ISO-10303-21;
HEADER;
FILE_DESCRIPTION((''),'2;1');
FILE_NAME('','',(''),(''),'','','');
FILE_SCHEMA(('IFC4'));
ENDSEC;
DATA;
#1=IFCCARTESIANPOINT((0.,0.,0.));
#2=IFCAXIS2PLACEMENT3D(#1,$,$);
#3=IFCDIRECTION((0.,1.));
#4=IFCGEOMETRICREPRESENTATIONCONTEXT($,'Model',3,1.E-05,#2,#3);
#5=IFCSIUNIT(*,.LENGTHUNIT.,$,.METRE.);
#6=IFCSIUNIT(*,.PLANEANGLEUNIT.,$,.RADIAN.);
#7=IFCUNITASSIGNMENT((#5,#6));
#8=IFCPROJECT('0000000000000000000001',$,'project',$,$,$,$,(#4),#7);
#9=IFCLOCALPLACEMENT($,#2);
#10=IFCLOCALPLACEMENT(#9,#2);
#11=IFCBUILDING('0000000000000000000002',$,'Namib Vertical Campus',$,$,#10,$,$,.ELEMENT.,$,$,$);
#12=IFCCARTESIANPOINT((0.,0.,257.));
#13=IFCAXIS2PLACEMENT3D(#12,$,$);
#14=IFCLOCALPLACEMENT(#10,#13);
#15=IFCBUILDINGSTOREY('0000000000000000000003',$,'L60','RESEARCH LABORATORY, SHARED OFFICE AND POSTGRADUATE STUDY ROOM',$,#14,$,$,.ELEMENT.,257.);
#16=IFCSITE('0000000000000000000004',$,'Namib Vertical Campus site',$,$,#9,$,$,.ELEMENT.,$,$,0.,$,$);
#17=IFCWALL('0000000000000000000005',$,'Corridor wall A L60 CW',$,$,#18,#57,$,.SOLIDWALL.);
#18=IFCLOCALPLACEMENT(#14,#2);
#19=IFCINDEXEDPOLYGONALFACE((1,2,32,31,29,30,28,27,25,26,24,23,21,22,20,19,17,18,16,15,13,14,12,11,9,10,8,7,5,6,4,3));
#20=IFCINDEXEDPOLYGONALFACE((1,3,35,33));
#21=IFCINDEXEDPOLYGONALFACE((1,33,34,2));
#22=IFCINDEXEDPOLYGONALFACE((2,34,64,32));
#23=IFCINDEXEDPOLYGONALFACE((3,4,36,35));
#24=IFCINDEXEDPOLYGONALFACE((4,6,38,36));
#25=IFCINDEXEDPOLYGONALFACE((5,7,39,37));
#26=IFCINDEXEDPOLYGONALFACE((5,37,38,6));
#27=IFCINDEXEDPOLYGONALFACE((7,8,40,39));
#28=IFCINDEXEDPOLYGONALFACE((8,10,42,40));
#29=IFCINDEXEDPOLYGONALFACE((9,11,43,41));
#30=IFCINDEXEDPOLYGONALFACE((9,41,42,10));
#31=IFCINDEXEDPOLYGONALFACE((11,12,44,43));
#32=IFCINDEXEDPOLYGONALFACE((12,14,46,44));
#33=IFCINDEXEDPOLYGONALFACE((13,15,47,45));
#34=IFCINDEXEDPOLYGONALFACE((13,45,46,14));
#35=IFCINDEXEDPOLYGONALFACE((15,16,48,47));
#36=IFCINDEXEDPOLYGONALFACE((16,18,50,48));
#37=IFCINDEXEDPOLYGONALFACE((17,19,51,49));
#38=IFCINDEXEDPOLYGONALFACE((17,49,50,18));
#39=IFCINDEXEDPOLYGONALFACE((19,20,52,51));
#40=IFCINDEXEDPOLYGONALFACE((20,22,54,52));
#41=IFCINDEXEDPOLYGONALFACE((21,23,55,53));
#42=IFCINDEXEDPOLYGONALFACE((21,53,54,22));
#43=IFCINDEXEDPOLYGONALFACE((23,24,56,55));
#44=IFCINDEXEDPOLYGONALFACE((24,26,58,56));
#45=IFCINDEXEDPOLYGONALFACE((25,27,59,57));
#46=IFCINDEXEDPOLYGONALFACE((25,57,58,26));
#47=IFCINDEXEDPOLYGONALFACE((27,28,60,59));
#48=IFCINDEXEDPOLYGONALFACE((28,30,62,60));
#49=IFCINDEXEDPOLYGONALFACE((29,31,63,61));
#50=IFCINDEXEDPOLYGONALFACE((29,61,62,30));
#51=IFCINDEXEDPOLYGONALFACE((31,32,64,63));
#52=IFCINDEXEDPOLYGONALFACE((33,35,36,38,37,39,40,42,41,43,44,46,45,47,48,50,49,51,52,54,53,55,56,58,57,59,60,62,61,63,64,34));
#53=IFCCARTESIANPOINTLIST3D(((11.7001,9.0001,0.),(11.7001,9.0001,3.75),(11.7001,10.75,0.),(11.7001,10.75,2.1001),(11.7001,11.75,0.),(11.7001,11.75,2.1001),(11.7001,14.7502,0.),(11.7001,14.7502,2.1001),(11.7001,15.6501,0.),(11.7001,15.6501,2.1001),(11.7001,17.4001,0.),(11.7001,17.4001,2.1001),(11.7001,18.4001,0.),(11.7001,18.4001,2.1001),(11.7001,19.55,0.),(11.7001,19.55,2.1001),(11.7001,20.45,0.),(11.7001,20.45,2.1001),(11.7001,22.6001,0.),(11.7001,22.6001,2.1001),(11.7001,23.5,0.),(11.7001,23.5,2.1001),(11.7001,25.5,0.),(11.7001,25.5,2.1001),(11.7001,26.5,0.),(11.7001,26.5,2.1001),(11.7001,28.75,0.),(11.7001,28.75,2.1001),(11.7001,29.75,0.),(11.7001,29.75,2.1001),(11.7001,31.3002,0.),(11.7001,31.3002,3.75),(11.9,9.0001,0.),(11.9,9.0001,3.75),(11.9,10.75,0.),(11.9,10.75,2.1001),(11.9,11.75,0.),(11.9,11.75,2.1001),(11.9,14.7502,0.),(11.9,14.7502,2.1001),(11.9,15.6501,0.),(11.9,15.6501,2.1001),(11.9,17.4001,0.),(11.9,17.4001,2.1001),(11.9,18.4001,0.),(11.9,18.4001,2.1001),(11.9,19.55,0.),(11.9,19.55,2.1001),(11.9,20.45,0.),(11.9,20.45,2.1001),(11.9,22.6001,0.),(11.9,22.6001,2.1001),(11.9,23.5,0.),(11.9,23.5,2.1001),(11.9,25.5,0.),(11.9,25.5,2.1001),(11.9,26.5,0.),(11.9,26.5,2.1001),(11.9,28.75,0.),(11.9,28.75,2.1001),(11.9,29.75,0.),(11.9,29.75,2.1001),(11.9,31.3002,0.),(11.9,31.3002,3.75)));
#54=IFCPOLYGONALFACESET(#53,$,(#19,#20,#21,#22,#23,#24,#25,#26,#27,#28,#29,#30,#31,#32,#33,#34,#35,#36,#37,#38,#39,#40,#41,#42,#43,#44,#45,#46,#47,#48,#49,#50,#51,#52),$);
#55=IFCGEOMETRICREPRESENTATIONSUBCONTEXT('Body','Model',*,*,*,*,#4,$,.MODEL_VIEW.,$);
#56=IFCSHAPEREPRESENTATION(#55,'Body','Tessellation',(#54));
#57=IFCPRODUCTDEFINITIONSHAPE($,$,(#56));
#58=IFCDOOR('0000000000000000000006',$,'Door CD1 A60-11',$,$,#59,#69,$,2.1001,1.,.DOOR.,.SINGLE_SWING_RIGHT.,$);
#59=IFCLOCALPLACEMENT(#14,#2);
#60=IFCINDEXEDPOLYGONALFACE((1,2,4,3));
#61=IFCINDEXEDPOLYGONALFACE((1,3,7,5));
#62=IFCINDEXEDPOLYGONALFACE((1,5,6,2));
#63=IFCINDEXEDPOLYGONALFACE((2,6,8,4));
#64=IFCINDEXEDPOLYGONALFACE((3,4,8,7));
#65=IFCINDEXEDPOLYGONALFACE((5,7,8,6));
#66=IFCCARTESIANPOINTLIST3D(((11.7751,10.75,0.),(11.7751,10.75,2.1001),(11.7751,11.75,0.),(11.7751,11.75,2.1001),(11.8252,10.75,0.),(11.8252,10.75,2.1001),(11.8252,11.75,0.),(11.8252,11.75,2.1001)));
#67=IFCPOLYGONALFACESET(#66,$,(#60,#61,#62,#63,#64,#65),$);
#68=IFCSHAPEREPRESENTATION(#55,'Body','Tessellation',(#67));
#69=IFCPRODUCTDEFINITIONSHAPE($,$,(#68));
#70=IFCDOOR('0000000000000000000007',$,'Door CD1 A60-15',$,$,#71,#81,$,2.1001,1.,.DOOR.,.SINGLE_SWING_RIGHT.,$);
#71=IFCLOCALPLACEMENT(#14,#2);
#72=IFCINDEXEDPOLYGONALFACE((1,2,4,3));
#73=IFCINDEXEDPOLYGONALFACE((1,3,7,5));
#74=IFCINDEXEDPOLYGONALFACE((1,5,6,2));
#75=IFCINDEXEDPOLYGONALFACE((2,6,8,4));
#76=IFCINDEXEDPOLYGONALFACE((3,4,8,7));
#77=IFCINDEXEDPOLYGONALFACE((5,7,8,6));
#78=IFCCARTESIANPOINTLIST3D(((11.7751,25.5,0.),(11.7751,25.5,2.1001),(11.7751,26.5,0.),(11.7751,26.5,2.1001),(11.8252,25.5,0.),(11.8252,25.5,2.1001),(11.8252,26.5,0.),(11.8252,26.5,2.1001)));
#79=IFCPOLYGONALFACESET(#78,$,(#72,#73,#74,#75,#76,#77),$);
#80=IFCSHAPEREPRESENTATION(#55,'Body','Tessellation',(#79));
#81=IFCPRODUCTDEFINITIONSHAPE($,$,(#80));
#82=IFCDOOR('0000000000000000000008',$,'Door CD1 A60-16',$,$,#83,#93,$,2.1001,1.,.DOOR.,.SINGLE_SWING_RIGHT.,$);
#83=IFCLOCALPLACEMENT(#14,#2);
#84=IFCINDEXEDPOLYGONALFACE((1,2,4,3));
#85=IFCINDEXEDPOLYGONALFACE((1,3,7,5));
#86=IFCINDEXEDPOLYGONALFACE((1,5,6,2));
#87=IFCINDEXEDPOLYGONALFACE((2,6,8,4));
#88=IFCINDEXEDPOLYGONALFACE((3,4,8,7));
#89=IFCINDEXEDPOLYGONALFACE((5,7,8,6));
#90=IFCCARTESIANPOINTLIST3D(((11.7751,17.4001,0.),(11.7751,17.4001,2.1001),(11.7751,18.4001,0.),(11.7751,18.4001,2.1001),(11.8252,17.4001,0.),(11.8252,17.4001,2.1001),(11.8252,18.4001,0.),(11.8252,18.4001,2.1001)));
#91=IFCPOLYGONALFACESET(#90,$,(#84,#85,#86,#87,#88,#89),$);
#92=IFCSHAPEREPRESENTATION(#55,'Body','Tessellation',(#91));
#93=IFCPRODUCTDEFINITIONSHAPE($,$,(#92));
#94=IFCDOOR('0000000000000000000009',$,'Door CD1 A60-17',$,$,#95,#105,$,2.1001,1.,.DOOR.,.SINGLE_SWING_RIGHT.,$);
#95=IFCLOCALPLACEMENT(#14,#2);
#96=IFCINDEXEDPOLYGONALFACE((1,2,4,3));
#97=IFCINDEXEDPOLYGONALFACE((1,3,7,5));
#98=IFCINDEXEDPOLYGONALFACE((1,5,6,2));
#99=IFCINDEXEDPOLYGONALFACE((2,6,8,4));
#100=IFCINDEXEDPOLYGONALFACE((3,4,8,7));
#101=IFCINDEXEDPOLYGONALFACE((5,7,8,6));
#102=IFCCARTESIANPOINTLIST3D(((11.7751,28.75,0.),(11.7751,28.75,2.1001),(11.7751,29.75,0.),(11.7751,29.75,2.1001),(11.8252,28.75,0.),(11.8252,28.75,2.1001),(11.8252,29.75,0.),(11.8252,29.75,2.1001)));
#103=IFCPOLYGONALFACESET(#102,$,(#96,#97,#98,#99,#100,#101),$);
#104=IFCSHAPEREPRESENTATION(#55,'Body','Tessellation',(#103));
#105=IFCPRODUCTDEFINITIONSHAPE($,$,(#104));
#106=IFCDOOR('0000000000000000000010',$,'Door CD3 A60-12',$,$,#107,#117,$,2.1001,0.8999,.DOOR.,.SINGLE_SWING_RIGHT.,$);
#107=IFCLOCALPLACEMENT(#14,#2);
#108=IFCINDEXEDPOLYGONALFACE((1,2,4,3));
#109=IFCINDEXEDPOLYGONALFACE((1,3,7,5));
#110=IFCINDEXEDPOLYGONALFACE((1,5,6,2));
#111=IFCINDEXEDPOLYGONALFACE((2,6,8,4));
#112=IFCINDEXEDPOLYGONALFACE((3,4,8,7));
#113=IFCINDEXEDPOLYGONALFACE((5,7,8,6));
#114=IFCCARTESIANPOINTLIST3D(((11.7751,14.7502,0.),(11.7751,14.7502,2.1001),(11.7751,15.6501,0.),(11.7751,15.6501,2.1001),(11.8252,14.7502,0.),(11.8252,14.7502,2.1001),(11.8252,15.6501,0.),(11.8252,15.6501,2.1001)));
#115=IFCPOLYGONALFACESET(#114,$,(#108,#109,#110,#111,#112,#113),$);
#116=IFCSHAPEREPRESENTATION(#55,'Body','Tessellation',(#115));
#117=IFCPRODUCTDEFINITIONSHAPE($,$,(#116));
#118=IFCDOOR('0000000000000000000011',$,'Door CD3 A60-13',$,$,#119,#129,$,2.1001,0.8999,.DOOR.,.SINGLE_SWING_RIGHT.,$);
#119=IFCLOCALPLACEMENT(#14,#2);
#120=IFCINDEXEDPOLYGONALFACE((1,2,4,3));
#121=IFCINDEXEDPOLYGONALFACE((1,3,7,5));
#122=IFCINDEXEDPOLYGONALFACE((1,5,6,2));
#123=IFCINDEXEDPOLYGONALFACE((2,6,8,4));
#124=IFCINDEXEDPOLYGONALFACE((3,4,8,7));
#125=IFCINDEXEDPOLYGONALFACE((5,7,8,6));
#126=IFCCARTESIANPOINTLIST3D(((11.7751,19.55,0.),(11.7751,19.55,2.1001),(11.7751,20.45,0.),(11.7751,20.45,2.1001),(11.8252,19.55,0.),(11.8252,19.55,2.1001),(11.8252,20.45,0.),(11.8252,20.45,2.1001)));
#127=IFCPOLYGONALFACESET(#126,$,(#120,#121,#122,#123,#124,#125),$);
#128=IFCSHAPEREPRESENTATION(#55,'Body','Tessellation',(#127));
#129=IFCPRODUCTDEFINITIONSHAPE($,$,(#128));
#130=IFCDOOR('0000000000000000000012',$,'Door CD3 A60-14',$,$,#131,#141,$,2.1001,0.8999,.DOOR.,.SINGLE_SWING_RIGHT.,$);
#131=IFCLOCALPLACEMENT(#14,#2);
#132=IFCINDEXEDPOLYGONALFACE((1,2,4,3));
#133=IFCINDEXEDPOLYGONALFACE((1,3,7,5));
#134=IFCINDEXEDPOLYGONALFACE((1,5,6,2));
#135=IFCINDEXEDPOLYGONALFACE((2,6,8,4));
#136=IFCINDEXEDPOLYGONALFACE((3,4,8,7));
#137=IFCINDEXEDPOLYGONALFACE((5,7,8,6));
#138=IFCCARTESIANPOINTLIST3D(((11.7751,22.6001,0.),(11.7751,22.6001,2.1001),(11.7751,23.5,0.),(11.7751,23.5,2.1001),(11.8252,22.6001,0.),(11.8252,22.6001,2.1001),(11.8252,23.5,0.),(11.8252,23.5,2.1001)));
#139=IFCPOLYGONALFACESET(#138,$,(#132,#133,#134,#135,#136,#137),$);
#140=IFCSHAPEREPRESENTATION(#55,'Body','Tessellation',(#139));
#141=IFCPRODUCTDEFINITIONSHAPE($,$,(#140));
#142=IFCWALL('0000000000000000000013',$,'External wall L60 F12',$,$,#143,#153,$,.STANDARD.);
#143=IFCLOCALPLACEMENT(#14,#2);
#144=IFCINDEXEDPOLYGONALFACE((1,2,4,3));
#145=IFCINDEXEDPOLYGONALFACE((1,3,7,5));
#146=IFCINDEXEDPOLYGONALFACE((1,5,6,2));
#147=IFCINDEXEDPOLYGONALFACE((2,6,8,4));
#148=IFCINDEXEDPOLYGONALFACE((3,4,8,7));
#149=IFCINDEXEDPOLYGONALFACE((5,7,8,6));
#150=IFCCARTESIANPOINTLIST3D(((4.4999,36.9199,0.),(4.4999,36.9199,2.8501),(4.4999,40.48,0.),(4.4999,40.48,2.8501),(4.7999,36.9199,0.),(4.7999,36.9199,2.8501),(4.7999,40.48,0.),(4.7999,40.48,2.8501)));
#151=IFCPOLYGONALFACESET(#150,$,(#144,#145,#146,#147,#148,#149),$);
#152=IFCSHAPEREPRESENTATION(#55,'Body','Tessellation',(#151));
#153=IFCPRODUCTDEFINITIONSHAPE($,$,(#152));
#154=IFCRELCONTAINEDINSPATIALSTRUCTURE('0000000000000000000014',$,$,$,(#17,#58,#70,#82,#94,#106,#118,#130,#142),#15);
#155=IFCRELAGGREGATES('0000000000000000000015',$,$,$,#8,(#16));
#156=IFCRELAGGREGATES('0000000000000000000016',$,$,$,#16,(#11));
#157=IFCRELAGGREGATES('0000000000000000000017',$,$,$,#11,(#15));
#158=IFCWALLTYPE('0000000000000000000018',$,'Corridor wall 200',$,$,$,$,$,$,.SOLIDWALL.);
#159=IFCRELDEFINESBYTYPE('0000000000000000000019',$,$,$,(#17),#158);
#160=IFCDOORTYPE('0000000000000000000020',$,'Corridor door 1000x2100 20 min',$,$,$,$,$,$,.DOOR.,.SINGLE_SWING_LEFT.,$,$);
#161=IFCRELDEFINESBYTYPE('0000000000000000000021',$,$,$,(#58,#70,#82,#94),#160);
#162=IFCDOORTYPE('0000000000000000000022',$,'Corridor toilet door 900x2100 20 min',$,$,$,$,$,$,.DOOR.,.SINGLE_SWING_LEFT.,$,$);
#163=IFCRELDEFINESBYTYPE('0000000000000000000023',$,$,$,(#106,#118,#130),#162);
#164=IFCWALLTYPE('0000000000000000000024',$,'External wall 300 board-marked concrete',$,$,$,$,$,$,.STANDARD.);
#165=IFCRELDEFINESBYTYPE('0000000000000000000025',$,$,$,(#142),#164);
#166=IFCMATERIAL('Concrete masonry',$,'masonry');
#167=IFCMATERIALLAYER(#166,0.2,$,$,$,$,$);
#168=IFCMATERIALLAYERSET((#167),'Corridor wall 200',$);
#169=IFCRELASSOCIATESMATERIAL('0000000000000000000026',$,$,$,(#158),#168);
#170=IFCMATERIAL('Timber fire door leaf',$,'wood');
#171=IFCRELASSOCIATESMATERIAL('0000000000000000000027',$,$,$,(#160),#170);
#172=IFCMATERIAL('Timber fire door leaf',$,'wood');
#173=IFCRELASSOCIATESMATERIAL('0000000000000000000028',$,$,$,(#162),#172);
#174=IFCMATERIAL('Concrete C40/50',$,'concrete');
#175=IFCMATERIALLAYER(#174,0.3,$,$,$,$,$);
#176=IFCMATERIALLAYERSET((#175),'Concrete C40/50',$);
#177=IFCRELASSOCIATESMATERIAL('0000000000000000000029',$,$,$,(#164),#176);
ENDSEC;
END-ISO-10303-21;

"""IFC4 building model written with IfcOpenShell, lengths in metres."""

from ifc_helpers import new_model, si_unit, direction, frame, frame_2d, origin, place, context, subcontext, project, spatial, rectangle, extrude, material, layer, layer_set, type_object, element, fill, save


model = new_model("IFC4")

# Units and contexts
model_context = context("Model", 3, precision=1e-05, world=origin(), true_north=direction((0.0, 1.0)))
body_context = subcontext(model_context, "Body", "Model", "MODEL_VIEW")
ifc_project = project(units=[si_unit("LENGTHUNIT", "METRE"), si_unit("PLANEANGLEUNIT", "RADIAN")], contexts=[model_context])

# Site, building, storey
site_placement = place(None, origin())
site = spatial("IfcSite", under=ifc_project, at=site_placement, Name="Namib Vertical Campus site", CompositionType="ELEMENT", RefElevation=0.0)
building_placement = place(site_placement, origin())
building = spatial("IfcBuilding", under=site, at=building_placement, Name="Namib Vertical Campus", CompositionType="ELEMENT")
storey_placement = place(building_placement, frame((0.0, 0.0, 257.0)))
storey = spatial("IfcBuildingStorey", under=building, at=storey_placement, Name="L60", Description="RESEARCH LABORATORY, SHARED OFFICE AND POSTGRADUATE STUDY ROOM", CompositionType="ELEMENT", Elevation=257.0)

# Wall, openings, doors
ifc_material_1 = material(Name="Concrete masonry", Category="masonry")
ifc_layer_1 = layer(ifc_material_1, 0.2)
ifc_layer_set_1 = layer_set([ifc_layer_1], Name="Corridor wall 200")
wall_type_1 = type_object("IfcWallType", Name="Corridor wall 200", PredefinedType="SOLIDWALL", material=ifc_layer_set_1)
wall_1_placement = place(storey_placement, frame((11.8, 31.3, 0.0), z_axis=(0.0, 0.0, 1.0), x_axis=(0.0, -1.0, 0.0)))
wall_1 = element("IfcWall", 1, at=wall_1_placement, inside=storey, type_object=wall_type_1, Name="Corridor wall A L60 CW", PredefinedType="SOLIDWALL", context=body_context, shape_type="SweptSolid", body=[
    extrude(rectangle(XDim=22.3, YDim=0.2, at=frame_2d((11.1499, 0.0))), origin(), (0.0, 0.0, 1.0), 3.75),
])
opening_1_placement = place(wall_1_placement, frame((19.55, 0.0, 0.0)))
opening_1 = element("IfcOpeningElement", 2, at=opening_1_placement, cuts=wall_1, PredefinedType="OPENING", context=body_context, shape_type="SweptSolid", body=[
    extrude(rectangle(XDim=1.0, YDim=2.1001, at=frame_2d((0.5, 1.05))), frame((0.0, 0.1099, 0.0), z_axis=(0.0, -1.0, 0.0), x_axis=(1.0, 0.0, 0.0)), (0.0, 0.0, 1.0), 0.22),
])
opening_2_placement = place(wall_1_placement, frame((15.6499, 0.0, 0.0)))
opening_2 = element("IfcOpeningElement", 3, at=opening_2_placement, cuts=wall_1, PredefinedType="OPENING", context=body_context, shape_type="SweptSolid", body=[
    extrude(rectangle(XDim=0.8999, YDim=2.1001, at=frame_2d((0.45, 1.05))), frame((0.0, 0.1099, 0.0), z_axis=(0.0, -1.0, 0.0), x_axis=(1.0, 0.0, 0.0)), (0.0, 0.0, 1.0), 0.22),
])
opening_3_placement = place(wall_1_placement, frame((10.8501, 0.0, 0.0)))
opening_3 = element("IfcOpeningElement", 4, at=opening_3_placement, cuts=wall_1, PredefinedType="OPENING", context=body_context, shape_type="SweptSolid", body=[
    extrude(rectangle(XDim=0.8999, YDim=2.1001, at=frame_2d((0.45, 1.05))), frame((0.0, 0.1099, 0.0), z_axis=(0.0, -1.0, 0.0), x_axis=(1.0, 0.0, 0.0)), (0.0, 0.0, 1.0), 0.22),
])
opening_4_placement = place(wall_1_placement, frame((7.8, 0.0, 0.0)))
opening_4 = element("IfcOpeningElement", 5, at=opening_4_placement, cuts=wall_1, PredefinedType="OPENING", context=body_context, shape_type="SweptSolid", body=[
    extrude(rectangle(XDim=0.8999, YDim=2.1001, at=frame_2d((0.45, 1.05))), frame((0.0, 0.1099, 0.0), z_axis=(0.0, -1.0, 0.0), x_axis=(1.0, 0.0, 0.0)), (0.0, 0.0, 1.0), 0.22),
])
opening_5_placement = place(wall_1_placement, frame((4.8, 0.0, 0.0)))
opening_5 = element("IfcOpeningElement", 6, at=opening_5_placement, cuts=wall_1, PredefinedType="OPENING", context=body_context, shape_type="SweptSolid", body=[
    extrude(rectangle(XDim=1.0, YDim=2.1001, at=frame_2d((0.5, 1.05))), frame((0.0, 0.1099, 0.0), z_axis=(0.0, -1.0, 0.0), x_axis=(1.0, 0.0, 0.0)), (0.0, 0.0, 1.0), 0.22),
])
opening_6_placement = place(wall_1_placement, frame((12.8999, 0.0, 0.0)))
opening_6 = element("IfcOpeningElement", 7, at=opening_6_placement, cuts=wall_1, PredefinedType="OPENING", context=body_context, shape_type="SweptSolid", body=[
    extrude(rectangle(XDim=1.0, YDim=2.1001, at=frame_2d((0.5, 1.05))), frame((0.0, 0.1099, 0.0), z_axis=(0.0, -1.0, 0.0), x_axis=(1.0, 0.0, 0.0)), (0.0, 0.0, 1.0), 0.22),
])
opening_7_placement = place(wall_1_placement, frame((1.55, 0.0, 0.0)))
opening_7 = element("IfcOpeningElement", 8, at=opening_7_placement, cuts=wall_1, PredefinedType="OPENING", context=body_context, shape_type="SweptSolid", body=[
    extrude(rectangle(XDim=1.0, YDim=2.1001, at=frame_2d((0.5, 1.05))), frame((0.0, 0.1099, 0.0), z_axis=(0.0, -1.0, 0.0), x_axis=(1.0, 0.0, 0.0)), (0.0, 0.0, 1.0), 0.22),
])
ifc_material_2 = material(Name="Timber fire door leaf", Category="wood")
door_type_1 = type_object("IfcDoorType", Name="Corridor door 1000x2100 20 min", OperationType="SINGLE_SWING_LEFT", PredefinedType="DOOR", material=ifc_material_2)
door_1_placement = place(opening_1_placement, frame((1.0, 0.0, 0.0), z_axis=(0.0, 0.0, 1.0), x_axis=(-1.0, 0.0, 0.0)))
door_1 = element("IfcDoor", 9, at=door_1_placement, inside=storey, type_object=door_type_1, Name="Door CD1 A60-11", OperationType="SINGLE_SWING_RIGHT", OverallHeight=2.1001, OverallWidth=1.0, PredefinedType="DOOR", context=body_context, shape_type="SweptSolid", body=[
    extrude(rectangle(XDim=1.0, YDim=2.1001, at=frame_2d((0.5, 1.05))), frame((0.0, 0.0249, 0.0), z_axis=(0.0, -1.0, 0.0), x_axis=(1.0, 0.0, 0.0)), (0.0, 0.0, 1.0), 0.05),
])
fill(opening_1, door_1)
door_2_placement = place(opening_5_placement, frame((1.0, 0.0, 0.0), z_axis=(0.0, 0.0, 1.0), x_axis=(-1.0, 0.0, 0.0)))
door_2 = element("IfcDoor", 10, at=door_2_placement, inside=storey, type_object=door_type_1, Name="Door CD1 A60-15", OperationType="SINGLE_SWING_RIGHT", OverallHeight=2.1001, OverallWidth=1.0, PredefinedType="DOOR", context=body_context, shape_type="SweptSolid", body=[
    extrude(rectangle(XDim=1.0, YDim=2.1001, at=frame_2d((0.5, 1.05))), frame((0.0, 0.0249, 0.0), z_axis=(0.0, -1.0, 0.0), x_axis=(1.0, 0.0, 0.0)), (0.0, 0.0, 1.0), 0.05),
])
fill(opening_5, door_2)
door_3_placement = place(opening_6_placement, frame((1.0, 0.0, 0.0), z_axis=(0.0, 0.0, 1.0), x_axis=(-1.0, 0.0, 0.0)))
door_3 = element("IfcDoor", 11, at=door_3_placement, inside=storey, type_object=door_type_1, Name="Door CD1 A60-16", OperationType="SINGLE_SWING_RIGHT", OverallHeight=2.1001, OverallWidth=1.0, PredefinedType="DOOR", context=body_context, shape_type="SweptSolid", body=[
    extrude(rectangle(XDim=1.0, YDim=2.1001, at=frame_2d((0.5, 1.05))), frame((0.0, 0.0249, 0.0), z_axis=(0.0, -1.0, 0.0), x_axis=(1.0, 0.0, 0.0)), (0.0, 0.0, 1.0), 0.05),
])
fill(opening_6, door_3)
door_4_placement = place(opening_7_placement, frame((1.0, 0.0, 0.0), z_axis=(0.0, 0.0, 1.0), x_axis=(-1.0, 0.0, 0.0)))
door_4 = element("IfcDoor", 12, at=door_4_placement, inside=storey, type_object=door_type_1, Name="Door CD1 A60-17", OperationType="SINGLE_SWING_RIGHT", OverallHeight=2.1001, OverallWidth=1.0, PredefinedType="DOOR", context=body_context, shape_type="SweptSolid", body=[
    extrude(rectangle(XDim=1.0, YDim=2.1001, at=frame_2d((0.5, 1.05))), frame((0.0, 0.0249, 0.0), z_axis=(0.0, -1.0, 0.0), x_axis=(1.0, 0.0, 0.0)), (0.0, 0.0, 1.0), 0.05),
])
fill(opening_7, door_4)
ifc_material_3 = material(Name="Timber fire door leaf", Category="wood")
door_type_2 = type_object("IfcDoorType", Name="Corridor toilet door 900x2100 20 min", OperationType="SINGLE_SWING_LEFT", PredefinedType="DOOR", material=ifc_material_3)
door_5_placement = place(opening_2_placement, frame((0.8999, 0.0, 0.0), z_axis=(0.0, 0.0, 1.0), x_axis=(-1.0, 0.0, 0.0)))
door_5 = element("IfcDoor", 13, at=door_5_placement, inside=storey, type_object=door_type_2, Name="Door CD3 A60-12", OperationType="SINGLE_SWING_RIGHT", OverallHeight=2.1001, OverallWidth=0.8999, PredefinedType="DOOR", context=body_context, shape_type="SweptSolid", body=[
    extrude(rectangle(XDim=0.8999, YDim=2.1001, at=frame_2d((0.45, 1.05))), frame((0.0, 0.0249, 0.0), z_axis=(0.0, -1.0, 0.0), x_axis=(1.0, 0.0, 0.0)), (0.0, 0.0, 1.0), 0.05),
])
fill(opening_2, door_5)
door_6_placement = place(opening_3_placement, frame((0.8999, 0.0, 0.0), z_axis=(0.0, 0.0, 1.0), x_axis=(-1.0, 0.0, 0.0)))
door_6 = element("IfcDoor", 14, at=door_6_placement, inside=storey, type_object=door_type_2, Name="Door CD3 A60-13", OperationType="SINGLE_SWING_RIGHT", OverallHeight=2.1001, OverallWidth=0.8999, PredefinedType="DOOR", context=body_context, shape_type="SweptSolid", body=[
    extrude(rectangle(XDim=0.8999, YDim=2.1001, at=frame_2d((0.45, 1.05))), frame((0.0, 0.0249, 0.0), z_axis=(0.0, -1.0, 0.0), x_axis=(1.0, 0.0, 0.0)), (0.0, 0.0, 1.0), 0.05),
])
fill(opening_3, door_6)
door_7_placement = place(opening_4_placement, frame((0.8999, 0.0, 0.0), z_axis=(0.0, 0.0, 1.0), x_axis=(-1.0, 0.0, 0.0)))
door_7 = element("IfcDoor", 15, at=door_7_placement, inside=storey, type_object=door_type_2, Name="Door CD3 A60-14", OperationType="SINGLE_SWING_RIGHT", OverallHeight=2.1001, OverallWidth=0.8999, PredefinedType="DOOR", context=body_context, shape_type="SweptSolid", body=[
    extrude(rectangle(XDim=0.8999, YDim=2.1001, at=frame_2d((0.45, 1.05))), frame((0.0, 0.0249, 0.0), z_axis=(0.0, -1.0, 0.0), x_axis=(1.0, 0.0, 0.0)), (0.0, 0.0, 1.0), 0.05),
])
fill(opening_4, door_7)

# Wall
ifc_material_4 = material(Name="Concrete C40/50", Category="concrete")
ifc_layer_2 = layer(ifc_material_4, 0.3)
ifc_layer_set_2 = layer_set([ifc_layer_2], Name="Concrete C40/50")
wall_type_2 = type_object("IfcWallType", Name="External wall 300 board-marked concrete", PredefinedType="STANDARD", material=ifc_layer_set_2)
wall_2_placement = place(storey_placement, frame((4.6499, 40.48, 0.0), z_axis=(0.0, 0.0, 1.0), x_axis=(0.0, -1.0, 0.0)))
element("IfcWall", 16, at=wall_2_placement, inside=storey, type_object=wall_type_2, Name="External wall L60 F12", PredefinedType="STANDARD", context=body_context, shape_type="SweptSolid", body=[
    extrude(rectangle(XDim=3.5601, YDim=0.3, at=frame_2d((1.78, 0.0))), origin(), (0.0, 0.0, 1.0), 2.8501),
])

save(model, "model.ifc")
